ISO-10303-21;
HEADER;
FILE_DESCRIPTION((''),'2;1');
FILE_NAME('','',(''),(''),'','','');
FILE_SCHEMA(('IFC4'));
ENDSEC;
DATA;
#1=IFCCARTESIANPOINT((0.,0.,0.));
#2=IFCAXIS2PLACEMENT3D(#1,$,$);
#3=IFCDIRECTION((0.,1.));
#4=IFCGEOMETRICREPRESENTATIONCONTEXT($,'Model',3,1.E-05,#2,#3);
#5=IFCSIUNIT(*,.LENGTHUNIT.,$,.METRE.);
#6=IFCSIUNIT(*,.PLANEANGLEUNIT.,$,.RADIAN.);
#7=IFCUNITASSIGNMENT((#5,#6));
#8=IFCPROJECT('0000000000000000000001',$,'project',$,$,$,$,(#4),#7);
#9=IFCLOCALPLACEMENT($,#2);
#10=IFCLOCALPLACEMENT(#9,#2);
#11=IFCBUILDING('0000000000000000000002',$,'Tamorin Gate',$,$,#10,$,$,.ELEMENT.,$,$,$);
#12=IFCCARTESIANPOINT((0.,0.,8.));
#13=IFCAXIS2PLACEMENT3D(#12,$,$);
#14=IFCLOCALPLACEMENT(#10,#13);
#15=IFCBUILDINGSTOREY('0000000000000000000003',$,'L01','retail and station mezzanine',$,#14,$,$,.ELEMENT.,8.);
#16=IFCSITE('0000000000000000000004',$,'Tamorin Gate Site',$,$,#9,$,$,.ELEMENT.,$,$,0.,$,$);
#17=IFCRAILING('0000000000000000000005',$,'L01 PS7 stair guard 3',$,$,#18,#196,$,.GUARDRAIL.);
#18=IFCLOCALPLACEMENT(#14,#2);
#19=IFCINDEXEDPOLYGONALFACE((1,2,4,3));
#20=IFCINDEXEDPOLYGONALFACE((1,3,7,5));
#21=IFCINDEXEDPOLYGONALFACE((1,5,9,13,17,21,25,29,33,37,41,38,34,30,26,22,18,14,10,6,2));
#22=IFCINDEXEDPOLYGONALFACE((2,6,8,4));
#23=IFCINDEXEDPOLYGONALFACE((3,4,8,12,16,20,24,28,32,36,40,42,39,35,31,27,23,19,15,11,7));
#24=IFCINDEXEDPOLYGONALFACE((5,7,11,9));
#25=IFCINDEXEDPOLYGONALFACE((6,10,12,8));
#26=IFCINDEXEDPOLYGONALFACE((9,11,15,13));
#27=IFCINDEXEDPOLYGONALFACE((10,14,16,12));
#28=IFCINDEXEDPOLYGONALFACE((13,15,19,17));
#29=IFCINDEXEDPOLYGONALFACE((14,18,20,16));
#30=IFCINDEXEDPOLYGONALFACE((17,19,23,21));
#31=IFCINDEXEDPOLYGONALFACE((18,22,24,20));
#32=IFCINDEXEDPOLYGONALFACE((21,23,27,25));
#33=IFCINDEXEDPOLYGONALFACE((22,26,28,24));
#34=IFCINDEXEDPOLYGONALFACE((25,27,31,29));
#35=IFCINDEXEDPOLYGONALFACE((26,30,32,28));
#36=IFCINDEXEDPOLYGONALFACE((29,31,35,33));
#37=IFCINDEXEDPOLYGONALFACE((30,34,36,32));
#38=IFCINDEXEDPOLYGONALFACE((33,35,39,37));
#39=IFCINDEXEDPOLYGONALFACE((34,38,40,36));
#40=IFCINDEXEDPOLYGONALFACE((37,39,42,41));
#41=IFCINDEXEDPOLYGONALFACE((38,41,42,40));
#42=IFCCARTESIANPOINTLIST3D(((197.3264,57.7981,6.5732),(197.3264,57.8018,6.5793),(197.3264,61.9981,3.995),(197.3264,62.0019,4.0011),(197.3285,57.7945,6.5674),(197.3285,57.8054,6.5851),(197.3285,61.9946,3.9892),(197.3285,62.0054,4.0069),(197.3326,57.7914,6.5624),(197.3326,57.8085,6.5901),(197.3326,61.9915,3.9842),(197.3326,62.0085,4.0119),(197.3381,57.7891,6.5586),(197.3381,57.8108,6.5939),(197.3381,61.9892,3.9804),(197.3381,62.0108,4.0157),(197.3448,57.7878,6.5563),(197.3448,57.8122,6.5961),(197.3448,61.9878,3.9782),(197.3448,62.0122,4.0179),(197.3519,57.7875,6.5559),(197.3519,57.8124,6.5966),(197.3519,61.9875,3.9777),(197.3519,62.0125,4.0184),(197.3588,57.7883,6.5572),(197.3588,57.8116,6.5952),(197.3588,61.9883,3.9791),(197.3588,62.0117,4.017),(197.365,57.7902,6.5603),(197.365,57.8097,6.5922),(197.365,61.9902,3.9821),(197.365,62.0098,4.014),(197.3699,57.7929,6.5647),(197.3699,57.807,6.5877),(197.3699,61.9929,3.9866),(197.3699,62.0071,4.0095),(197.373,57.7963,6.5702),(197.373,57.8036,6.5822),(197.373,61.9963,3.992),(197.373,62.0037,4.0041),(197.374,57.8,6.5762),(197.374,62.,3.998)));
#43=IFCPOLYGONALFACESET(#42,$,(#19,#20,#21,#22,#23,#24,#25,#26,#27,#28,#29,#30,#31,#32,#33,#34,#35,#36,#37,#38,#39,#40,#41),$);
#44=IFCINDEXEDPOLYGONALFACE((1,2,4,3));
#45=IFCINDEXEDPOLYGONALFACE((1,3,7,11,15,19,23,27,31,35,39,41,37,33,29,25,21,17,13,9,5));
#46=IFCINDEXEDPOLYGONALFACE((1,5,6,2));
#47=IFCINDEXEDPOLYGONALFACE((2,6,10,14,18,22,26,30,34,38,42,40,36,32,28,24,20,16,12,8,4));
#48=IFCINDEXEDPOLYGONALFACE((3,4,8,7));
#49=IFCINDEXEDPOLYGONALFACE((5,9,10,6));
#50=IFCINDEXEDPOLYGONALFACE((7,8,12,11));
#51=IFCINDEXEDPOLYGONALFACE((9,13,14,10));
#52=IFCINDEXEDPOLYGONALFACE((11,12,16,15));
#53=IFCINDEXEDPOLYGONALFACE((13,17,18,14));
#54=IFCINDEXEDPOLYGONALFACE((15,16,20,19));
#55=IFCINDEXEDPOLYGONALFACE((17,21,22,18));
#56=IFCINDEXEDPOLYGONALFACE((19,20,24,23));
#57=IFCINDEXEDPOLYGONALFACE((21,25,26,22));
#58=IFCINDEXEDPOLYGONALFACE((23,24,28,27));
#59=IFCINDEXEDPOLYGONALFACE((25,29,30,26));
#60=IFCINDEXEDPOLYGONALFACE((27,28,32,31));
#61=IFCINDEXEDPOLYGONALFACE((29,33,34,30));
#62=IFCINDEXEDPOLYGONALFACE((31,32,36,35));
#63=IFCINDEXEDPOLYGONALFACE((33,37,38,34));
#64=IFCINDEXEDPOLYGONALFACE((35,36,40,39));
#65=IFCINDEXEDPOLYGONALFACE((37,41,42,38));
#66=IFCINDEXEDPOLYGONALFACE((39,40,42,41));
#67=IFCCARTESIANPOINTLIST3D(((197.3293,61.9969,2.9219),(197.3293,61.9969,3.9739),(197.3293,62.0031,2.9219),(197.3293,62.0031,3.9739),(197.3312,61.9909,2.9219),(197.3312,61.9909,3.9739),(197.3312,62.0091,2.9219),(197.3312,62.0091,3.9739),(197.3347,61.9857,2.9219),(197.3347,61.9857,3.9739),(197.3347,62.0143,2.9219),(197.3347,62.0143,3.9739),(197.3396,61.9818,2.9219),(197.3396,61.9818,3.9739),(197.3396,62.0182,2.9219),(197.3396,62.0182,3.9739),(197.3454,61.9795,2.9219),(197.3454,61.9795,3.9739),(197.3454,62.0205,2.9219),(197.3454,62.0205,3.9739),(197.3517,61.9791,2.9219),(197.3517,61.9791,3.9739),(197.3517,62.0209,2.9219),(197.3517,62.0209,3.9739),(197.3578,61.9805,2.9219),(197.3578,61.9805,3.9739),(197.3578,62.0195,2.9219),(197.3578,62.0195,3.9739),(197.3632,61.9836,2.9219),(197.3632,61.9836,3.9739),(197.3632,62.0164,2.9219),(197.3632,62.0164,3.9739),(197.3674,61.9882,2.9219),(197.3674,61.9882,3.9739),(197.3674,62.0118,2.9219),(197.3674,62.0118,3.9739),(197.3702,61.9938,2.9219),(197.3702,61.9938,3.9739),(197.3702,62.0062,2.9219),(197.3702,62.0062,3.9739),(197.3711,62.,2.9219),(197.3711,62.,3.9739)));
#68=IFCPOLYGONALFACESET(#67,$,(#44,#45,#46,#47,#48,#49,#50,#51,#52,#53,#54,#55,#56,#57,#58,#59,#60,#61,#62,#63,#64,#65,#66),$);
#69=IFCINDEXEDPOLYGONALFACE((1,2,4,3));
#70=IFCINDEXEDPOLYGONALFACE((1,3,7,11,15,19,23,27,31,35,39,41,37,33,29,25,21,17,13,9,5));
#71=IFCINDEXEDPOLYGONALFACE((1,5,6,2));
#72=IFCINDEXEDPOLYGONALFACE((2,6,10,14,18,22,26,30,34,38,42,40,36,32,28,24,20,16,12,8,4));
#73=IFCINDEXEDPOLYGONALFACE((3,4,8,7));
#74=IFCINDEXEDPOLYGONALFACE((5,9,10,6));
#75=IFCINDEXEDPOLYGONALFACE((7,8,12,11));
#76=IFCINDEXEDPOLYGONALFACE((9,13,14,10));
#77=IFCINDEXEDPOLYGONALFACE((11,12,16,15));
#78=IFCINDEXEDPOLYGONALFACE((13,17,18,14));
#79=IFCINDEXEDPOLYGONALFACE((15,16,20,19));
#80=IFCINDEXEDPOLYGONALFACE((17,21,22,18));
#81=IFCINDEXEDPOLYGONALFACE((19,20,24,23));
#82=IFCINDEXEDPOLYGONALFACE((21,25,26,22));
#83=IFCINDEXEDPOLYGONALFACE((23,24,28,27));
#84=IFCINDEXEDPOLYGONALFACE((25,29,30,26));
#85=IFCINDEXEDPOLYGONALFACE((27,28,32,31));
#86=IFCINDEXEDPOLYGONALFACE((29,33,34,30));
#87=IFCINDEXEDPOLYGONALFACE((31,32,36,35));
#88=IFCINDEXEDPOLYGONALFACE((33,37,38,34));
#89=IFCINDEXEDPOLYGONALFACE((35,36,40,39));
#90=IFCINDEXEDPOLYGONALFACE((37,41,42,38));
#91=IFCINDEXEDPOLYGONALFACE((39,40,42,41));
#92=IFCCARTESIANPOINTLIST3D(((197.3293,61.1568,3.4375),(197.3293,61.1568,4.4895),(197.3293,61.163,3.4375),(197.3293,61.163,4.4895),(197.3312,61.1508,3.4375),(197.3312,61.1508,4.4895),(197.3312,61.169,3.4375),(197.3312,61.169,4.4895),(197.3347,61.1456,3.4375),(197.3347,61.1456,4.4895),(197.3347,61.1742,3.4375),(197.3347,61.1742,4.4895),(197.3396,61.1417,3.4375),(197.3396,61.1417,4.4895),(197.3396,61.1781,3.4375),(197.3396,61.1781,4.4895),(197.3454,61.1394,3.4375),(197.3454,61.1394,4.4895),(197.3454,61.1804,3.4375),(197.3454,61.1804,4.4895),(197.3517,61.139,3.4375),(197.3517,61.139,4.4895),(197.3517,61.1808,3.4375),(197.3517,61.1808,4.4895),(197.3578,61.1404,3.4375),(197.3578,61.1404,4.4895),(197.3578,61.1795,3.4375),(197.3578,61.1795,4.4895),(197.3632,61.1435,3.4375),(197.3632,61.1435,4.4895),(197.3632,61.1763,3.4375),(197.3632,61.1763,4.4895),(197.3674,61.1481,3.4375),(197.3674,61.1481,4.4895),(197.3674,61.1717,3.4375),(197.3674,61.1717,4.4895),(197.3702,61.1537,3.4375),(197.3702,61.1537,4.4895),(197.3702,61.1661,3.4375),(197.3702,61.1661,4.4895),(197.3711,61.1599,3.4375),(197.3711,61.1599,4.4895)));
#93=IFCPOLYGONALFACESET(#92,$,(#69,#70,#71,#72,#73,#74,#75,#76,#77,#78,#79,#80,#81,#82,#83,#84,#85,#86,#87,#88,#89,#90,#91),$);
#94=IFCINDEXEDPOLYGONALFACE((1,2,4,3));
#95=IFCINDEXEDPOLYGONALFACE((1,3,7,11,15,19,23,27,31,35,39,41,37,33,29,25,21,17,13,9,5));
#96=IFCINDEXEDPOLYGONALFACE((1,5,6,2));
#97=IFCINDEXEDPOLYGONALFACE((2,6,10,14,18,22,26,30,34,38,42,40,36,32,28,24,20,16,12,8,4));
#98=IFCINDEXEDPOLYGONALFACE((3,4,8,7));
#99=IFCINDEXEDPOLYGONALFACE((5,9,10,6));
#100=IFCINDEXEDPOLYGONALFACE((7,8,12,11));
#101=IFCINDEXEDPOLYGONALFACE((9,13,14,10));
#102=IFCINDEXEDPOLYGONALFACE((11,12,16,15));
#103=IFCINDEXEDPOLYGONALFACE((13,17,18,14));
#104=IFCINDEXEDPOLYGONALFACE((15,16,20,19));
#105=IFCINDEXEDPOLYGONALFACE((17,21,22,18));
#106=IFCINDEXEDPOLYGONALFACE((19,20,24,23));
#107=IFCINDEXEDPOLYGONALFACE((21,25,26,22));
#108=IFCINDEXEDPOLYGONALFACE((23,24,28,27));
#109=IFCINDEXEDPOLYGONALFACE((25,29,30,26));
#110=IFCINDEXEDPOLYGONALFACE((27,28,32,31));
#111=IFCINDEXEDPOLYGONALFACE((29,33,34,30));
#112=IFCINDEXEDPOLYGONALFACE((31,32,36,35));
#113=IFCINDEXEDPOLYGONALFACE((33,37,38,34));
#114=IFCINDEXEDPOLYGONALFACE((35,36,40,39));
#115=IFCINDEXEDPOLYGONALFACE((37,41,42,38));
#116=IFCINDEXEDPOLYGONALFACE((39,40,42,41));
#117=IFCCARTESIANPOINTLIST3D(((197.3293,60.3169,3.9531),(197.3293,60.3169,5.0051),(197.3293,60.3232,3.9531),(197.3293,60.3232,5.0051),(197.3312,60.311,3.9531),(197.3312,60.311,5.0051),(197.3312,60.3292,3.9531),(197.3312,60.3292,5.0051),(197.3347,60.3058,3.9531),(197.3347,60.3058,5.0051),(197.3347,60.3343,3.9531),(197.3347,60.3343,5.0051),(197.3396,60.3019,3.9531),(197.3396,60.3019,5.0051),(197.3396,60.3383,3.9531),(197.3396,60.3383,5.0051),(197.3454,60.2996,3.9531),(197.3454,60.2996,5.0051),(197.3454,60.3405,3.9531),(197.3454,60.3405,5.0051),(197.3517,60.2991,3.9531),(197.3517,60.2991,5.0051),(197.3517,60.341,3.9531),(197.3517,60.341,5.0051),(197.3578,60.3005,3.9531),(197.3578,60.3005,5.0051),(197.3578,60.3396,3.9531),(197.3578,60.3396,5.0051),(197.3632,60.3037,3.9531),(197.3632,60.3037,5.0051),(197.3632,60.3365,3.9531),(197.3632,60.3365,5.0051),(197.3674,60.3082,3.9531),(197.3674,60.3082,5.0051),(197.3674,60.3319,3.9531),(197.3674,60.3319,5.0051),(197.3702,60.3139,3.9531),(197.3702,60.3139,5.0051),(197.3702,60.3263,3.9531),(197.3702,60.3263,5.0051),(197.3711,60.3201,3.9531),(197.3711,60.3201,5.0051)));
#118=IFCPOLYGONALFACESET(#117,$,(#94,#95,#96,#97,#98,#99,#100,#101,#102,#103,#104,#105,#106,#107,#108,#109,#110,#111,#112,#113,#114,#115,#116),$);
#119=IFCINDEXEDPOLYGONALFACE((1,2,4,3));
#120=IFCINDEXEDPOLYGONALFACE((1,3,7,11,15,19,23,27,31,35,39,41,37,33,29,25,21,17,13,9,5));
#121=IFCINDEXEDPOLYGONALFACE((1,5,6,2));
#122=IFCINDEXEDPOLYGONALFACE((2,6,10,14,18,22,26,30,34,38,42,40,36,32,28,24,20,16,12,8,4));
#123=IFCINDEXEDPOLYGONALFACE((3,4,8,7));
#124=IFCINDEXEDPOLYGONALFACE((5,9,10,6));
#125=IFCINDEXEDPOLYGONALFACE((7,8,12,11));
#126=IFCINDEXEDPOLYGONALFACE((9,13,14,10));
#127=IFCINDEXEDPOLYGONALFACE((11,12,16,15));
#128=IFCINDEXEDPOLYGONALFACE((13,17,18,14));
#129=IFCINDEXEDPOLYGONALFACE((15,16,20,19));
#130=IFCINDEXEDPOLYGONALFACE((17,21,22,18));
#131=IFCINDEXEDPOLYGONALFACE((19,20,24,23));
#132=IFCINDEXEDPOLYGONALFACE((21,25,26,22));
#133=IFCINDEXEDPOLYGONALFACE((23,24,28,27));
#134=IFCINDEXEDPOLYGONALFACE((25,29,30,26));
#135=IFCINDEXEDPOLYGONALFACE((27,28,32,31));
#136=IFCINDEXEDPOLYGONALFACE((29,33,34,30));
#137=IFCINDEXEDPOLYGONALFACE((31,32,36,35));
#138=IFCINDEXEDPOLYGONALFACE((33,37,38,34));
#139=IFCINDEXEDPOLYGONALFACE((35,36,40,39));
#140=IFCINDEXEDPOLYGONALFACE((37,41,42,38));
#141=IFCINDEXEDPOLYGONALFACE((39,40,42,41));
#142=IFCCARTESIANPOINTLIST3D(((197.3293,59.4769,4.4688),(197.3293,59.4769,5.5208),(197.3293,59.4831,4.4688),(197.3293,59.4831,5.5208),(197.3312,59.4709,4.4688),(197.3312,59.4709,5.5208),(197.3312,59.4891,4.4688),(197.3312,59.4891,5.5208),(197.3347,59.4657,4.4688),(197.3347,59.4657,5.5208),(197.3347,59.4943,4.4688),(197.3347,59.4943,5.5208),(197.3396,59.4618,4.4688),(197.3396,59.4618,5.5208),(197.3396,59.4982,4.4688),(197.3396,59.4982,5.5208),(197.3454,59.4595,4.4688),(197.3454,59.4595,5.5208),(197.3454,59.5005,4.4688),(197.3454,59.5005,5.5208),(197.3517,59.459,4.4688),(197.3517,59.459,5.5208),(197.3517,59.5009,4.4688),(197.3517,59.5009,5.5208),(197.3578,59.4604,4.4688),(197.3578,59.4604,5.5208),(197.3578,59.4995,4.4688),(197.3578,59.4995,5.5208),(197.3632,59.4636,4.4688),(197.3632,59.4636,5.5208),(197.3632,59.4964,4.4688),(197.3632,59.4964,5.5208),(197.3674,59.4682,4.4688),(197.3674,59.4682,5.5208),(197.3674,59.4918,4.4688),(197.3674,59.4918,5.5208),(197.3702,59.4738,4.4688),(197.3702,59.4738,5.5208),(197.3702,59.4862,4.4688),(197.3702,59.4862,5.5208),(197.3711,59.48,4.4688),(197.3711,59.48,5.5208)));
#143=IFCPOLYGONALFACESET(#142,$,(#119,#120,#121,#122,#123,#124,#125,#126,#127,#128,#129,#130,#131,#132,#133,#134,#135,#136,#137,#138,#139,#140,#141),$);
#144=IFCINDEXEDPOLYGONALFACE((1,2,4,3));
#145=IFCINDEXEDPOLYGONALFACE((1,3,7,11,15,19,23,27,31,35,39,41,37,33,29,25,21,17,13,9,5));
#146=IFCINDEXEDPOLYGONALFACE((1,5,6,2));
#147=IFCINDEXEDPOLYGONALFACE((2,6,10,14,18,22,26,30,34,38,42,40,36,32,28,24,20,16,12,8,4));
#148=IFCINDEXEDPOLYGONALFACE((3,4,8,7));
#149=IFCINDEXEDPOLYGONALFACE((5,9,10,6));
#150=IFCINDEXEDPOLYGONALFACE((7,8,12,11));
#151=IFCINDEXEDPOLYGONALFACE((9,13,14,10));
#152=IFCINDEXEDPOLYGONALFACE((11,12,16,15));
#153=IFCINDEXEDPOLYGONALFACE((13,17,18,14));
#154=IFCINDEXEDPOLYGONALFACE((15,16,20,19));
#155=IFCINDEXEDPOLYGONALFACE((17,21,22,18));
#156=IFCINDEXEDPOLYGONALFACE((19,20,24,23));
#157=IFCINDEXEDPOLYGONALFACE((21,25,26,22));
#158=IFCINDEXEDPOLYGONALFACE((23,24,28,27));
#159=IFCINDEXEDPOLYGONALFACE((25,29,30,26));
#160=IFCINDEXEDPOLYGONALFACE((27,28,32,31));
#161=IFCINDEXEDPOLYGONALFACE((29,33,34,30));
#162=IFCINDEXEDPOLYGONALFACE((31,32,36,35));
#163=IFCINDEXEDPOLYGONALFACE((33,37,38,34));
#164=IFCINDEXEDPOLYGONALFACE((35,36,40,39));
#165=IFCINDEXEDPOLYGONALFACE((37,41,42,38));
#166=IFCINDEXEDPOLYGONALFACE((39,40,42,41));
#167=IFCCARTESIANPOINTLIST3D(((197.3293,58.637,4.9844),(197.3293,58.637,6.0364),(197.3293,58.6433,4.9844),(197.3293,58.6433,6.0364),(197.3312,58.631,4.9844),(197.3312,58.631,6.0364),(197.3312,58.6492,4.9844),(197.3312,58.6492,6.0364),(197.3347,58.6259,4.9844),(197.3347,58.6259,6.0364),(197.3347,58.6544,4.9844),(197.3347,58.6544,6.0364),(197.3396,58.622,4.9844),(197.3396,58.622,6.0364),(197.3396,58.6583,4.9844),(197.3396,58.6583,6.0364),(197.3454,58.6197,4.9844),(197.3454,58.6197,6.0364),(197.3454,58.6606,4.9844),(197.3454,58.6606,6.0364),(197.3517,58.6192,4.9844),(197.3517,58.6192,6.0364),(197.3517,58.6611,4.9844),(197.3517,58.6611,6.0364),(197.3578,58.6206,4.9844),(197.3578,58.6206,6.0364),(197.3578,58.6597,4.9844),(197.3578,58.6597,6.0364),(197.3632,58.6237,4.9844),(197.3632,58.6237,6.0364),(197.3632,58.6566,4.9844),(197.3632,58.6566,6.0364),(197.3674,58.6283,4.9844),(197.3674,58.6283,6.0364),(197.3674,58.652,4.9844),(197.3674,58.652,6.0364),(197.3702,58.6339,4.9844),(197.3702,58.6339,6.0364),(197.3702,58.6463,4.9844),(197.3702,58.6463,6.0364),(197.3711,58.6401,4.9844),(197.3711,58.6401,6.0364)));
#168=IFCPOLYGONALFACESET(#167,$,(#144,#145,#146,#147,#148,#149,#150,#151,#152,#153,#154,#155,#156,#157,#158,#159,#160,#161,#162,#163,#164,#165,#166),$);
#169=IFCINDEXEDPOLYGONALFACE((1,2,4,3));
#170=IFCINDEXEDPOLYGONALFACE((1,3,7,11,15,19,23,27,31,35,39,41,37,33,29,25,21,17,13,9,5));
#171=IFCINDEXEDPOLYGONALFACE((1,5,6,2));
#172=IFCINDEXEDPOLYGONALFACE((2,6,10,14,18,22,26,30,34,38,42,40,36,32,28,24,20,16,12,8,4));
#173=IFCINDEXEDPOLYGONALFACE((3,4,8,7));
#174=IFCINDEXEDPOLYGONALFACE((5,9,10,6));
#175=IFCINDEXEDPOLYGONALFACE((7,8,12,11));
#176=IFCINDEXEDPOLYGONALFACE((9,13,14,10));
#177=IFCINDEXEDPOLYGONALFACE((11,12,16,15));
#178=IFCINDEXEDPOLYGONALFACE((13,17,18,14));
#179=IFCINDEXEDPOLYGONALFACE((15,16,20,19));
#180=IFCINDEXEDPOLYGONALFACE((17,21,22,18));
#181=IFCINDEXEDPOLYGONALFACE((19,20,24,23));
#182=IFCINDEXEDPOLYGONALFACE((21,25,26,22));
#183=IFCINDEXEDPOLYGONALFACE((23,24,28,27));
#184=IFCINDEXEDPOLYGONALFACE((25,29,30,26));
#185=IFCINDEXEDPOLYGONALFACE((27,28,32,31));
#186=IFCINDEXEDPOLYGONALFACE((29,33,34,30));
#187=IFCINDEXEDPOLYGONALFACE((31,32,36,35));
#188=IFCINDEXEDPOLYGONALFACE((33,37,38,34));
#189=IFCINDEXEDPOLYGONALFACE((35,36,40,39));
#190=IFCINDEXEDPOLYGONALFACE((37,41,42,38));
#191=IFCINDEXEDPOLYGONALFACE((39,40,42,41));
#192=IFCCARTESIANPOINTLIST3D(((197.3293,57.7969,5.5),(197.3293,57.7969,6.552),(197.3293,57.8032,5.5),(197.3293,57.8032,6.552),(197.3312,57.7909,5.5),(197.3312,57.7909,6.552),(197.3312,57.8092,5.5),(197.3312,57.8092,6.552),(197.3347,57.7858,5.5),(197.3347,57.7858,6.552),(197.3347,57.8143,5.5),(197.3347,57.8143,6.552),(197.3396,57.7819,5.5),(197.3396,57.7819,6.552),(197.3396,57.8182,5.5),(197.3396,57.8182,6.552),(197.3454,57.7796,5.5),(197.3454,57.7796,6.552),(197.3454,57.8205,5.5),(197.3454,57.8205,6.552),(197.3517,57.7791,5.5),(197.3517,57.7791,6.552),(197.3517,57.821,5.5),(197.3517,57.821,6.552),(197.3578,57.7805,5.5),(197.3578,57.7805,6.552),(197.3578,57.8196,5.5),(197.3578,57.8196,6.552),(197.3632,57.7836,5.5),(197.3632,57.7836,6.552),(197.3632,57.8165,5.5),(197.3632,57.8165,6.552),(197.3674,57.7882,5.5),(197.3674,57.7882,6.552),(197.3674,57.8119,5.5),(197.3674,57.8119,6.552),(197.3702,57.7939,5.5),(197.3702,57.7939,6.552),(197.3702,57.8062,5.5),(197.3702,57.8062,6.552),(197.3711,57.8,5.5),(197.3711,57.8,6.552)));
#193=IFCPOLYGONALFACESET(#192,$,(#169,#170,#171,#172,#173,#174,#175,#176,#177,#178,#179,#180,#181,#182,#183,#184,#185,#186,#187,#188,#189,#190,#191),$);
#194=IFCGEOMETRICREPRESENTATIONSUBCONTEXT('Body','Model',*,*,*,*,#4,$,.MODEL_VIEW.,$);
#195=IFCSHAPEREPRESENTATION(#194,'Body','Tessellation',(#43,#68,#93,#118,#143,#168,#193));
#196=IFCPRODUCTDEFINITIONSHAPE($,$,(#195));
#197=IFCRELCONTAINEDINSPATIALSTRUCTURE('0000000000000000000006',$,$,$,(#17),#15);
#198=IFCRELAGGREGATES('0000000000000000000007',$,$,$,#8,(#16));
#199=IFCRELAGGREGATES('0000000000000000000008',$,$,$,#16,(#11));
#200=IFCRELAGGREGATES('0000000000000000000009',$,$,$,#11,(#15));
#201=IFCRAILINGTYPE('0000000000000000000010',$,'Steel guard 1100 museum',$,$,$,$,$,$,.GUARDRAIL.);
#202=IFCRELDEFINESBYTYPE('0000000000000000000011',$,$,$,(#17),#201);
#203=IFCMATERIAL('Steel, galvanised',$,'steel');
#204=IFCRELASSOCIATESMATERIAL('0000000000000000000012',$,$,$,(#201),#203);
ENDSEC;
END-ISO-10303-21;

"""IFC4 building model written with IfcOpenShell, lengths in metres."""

from ifc_helpers import new_model, si_unit, direction, frame, origin, origin_2d, place, context, subcontext, project, spatial, circle, extrude, material, type_object, element, save


model = new_model("IFC4")

# Units and contexts
model_context = context("Model", 3, precision=1e-05, world=origin(), true_north=direction((0.0, 1.0)))
body_context = subcontext(model_context, "Body", "Model", "MODEL_VIEW")
ifc_project = project(units=[si_unit("LENGTHUNIT", "METRE"), si_unit("PLANEANGLEUNIT", "RADIAN")], contexts=[model_context])

# Site, building, storey
site_placement = place(None, origin())
site = spatial("IfcSite", under=ifc_project, at=site_placement, Name="Tamorin Gate Site", CompositionType="ELEMENT", RefElevation=0.0)
building_placement = place(site_placement, origin())
building = spatial("IfcBuilding", under=site, at=building_placement, Name="Tamorin Gate", CompositionType="ELEMENT")
storey_placement = place(building_placement, frame((0.0, 0.0, 8.0)))
storey = spatial("IfcBuildingStorey", under=building, at=storey_placement, Name="L01", Description="retail and station mezzanine", CompositionType="ELEMENT", Elevation=8.0)

# Railing
ifc_material_1 = material(Name="Steel, galvanised", Category="steel")
railing_type_1 = type_object("IfcRailingType", Name="Steel guard 1100 museum", PredefinedType="GUARDRAIL", material=ifc_material_1)
railing_1_placement = place(storey_placement, frame((197.3501, 62.0, 2.9219)))
element("IfcRailing", 1, at=railing_1_placement, inside=storey, type_object=railing_type_1, Name="L01 PS7 stair guard 3", PredefinedType="GUARDRAIL", context=body_context, shape_type="SweptSolid", body=[
    extrude(circle(Radius=0.0239, at=origin_2d()), frame((0.0, 0.0, 1.0762), z_axis=(0.0, -0.852243, 0.523146), x_axis=(1.0, 0.0, 0.0)), (0.0, 0.0, 1.0), 4.9282),
    extrude(circle(Radius=0.021, at=origin_2d()), origin(), (0.0, 0.0, 1.0), 1.052),
    extrude(circle(Radius=0.021, at=origin_2d()), frame((0.0, -0.8401, 0.5156)), (0.0, 0.0, 1.0), 1.052),
    extrude(circle(Radius=0.021, at=origin_2d()), frame((0.0, -1.6799, 1.0312)), (0.0, 0.0, 1.0), 1.052),
    extrude(circle(Radius=0.021, at=origin_2d()), frame((0.0, -2.52, 1.5469)), (0.0, 0.0, 1.0), 1.052),
    extrude(circle(Radius=0.021, at=origin_2d()), frame((0.0, -3.3599, 2.0625)), (0.0, 0.0, 1.0), 1.052),
    extrude(circle(Radius=0.021, at=origin_2d()), frame((0.0, -4.2, 2.5781)), (0.0, 0.0, 1.0), 1.052),
])

save(model, "model.ifc")
